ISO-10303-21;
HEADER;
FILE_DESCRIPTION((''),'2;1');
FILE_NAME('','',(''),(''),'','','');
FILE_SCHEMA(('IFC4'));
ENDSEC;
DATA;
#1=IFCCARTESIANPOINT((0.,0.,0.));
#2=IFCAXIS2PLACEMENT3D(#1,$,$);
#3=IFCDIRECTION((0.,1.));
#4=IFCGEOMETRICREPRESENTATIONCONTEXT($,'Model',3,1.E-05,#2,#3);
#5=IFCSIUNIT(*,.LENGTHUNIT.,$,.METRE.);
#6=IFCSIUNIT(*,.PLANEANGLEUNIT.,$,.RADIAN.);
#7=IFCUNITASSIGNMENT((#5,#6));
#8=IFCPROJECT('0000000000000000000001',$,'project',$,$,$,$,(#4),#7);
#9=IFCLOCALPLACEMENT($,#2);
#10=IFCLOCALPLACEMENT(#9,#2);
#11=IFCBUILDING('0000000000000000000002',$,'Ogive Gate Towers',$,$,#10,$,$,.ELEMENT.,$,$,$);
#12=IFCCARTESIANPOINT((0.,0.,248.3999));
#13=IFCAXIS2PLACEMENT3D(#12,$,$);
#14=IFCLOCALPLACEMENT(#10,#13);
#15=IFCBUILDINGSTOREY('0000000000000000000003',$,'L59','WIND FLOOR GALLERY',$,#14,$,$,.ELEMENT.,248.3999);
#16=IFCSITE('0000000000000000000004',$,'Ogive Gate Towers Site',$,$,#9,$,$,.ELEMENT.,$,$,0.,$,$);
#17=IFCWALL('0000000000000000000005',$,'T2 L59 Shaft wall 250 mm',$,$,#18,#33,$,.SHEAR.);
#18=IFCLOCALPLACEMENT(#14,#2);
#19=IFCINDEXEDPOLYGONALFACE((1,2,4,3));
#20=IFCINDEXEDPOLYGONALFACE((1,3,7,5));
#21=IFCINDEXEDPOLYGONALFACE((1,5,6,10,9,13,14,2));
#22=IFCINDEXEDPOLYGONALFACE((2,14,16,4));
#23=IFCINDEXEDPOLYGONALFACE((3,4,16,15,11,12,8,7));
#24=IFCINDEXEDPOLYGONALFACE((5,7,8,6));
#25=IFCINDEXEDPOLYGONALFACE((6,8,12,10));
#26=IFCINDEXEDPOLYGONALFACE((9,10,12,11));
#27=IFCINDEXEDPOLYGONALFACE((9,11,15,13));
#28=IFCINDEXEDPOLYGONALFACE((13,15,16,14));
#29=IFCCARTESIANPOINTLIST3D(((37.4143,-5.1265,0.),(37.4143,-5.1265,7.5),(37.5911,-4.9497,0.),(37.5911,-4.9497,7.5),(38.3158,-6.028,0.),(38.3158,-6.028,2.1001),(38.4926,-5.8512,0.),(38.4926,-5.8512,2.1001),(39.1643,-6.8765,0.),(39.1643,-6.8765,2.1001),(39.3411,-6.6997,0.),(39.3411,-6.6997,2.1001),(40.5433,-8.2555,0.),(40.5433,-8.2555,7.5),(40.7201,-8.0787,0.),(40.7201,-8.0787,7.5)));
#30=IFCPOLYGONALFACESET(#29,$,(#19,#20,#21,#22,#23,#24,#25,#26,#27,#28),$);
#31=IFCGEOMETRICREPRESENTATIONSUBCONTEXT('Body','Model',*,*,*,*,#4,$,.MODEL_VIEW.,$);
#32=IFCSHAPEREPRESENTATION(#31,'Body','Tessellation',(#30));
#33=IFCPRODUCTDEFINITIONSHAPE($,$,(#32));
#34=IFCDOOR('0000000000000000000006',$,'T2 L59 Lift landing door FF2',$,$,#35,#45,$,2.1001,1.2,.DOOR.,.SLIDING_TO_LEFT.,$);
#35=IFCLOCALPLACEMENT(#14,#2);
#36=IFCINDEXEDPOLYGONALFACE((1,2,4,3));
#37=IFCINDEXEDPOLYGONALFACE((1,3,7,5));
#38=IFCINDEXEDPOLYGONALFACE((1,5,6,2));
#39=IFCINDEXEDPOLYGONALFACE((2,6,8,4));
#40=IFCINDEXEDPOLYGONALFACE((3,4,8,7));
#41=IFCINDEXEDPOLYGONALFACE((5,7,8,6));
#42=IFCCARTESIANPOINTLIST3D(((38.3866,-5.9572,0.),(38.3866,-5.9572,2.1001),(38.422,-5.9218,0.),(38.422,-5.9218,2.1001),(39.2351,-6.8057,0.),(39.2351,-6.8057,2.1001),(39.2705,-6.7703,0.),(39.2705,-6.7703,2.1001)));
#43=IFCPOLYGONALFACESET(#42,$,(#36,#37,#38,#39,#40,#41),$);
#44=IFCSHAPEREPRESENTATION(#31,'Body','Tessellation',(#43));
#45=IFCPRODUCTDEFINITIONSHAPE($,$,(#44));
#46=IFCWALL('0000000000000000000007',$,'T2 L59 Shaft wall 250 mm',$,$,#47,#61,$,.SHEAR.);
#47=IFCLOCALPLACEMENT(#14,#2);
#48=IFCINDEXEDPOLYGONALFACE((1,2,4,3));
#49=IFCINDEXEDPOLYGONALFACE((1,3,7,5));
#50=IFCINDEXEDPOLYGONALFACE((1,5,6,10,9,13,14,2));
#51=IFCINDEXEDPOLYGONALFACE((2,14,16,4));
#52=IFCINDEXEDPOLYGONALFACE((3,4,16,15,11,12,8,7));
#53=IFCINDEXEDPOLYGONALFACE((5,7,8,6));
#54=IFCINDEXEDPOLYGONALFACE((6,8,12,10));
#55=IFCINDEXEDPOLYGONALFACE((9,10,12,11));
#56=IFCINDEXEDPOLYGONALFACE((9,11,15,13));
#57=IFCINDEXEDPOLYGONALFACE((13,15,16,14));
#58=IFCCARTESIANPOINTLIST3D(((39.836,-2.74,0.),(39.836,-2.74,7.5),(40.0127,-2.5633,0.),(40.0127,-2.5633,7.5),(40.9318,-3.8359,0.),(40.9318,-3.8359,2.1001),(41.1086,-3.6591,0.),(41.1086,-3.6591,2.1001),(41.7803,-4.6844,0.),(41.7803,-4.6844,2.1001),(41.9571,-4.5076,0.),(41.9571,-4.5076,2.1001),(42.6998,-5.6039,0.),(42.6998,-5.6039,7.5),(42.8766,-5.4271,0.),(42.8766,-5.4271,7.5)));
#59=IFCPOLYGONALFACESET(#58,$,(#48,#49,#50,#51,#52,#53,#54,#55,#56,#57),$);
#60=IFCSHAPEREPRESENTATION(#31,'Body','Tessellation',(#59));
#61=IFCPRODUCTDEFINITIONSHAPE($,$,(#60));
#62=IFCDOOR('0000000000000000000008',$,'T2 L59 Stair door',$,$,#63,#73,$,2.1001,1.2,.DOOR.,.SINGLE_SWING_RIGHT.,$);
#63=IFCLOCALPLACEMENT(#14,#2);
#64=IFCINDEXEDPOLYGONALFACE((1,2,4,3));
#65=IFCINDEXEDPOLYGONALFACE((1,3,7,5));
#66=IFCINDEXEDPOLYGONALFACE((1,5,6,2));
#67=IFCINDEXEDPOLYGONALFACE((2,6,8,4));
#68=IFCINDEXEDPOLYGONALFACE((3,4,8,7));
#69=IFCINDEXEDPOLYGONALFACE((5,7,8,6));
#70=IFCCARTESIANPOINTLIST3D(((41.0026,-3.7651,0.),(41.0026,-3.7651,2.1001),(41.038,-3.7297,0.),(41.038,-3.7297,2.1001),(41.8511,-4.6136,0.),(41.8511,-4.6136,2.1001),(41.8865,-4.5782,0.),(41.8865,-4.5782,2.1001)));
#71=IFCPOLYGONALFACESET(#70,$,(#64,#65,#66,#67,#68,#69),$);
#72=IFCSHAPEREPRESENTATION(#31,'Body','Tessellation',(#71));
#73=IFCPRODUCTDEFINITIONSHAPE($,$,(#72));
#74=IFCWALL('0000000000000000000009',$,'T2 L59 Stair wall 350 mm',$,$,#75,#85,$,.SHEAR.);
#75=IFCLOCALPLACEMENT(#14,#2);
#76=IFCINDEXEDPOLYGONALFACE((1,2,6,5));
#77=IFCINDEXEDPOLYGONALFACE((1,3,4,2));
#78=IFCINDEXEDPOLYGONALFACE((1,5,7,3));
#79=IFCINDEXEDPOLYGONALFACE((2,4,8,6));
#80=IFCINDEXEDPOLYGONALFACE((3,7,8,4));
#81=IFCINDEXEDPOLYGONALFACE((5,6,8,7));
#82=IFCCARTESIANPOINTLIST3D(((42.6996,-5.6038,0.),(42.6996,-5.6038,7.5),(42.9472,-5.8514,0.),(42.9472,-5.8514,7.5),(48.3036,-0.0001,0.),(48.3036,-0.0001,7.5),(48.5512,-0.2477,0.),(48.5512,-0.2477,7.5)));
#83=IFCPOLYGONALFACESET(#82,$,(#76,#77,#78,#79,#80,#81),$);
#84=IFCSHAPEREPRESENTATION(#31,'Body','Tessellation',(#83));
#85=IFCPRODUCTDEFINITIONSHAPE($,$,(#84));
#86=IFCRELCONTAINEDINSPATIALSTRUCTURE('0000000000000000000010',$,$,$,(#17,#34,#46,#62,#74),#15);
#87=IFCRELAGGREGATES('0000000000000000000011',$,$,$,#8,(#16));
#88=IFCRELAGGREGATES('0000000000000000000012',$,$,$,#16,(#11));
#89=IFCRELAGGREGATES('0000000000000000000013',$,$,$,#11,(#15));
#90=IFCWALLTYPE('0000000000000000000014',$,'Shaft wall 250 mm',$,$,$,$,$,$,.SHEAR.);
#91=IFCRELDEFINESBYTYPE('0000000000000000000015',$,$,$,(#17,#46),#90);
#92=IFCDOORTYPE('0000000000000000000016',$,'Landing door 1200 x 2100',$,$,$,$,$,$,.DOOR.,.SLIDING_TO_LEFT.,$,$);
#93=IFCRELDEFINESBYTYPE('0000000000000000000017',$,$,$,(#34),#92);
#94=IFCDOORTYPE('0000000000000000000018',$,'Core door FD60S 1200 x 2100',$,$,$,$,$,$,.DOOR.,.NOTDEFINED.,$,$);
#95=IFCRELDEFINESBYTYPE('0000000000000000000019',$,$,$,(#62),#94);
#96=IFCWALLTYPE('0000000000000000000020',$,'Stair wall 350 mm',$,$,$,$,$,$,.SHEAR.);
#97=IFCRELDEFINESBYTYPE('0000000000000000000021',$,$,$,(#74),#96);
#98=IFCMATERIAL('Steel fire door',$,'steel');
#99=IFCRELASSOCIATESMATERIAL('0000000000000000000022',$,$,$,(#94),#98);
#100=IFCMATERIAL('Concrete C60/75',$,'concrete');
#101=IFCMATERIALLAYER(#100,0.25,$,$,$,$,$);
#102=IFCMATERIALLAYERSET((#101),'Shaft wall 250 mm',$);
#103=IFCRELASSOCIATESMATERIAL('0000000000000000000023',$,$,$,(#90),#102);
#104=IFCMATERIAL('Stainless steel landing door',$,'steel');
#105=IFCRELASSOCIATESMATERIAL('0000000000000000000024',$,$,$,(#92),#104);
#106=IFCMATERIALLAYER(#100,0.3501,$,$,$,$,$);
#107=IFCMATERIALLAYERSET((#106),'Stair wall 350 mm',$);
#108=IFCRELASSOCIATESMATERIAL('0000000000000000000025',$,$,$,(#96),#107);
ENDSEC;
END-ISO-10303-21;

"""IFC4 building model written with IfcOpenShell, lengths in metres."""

from ifc_helpers import new_model, si_unit, direction, frame, frame_2d, origin, place, context, subcontext, project, spatial, rectangle, extrude, material, layer, layer_set, type_object, element, fill, save


model = new_model("IFC4")

# Units and contexts
model_context = context("Model", 3, precision=1e-05, world=origin(), true_north=direction((0.0, 1.0)))
body_context = subcontext(model_context, "Body", "Model", "MODEL_VIEW")
ifc_project = project(units=[si_unit("LENGTHUNIT", "METRE"), si_unit("PLANEANGLEUNIT", "RADIAN")], contexts=[model_context])

# Site, building, storey
site_placement = place(None, origin())
site = spatial("IfcSite", under=ifc_project, at=site_placement, Name="Ogive Gate Towers Site", CompositionType="ELEMENT", RefElevation=0.0)
building_placement = place(site_placement, origin())
building = spatial("IfcBuilding", under=site, at=building_placement, Name="Ogive Gate Towers", CompositionType="ELEMENT")
storey_placement = place(building_placement, frame((0.0, 0.0, 248.3999)))
storey = spatial("IfcBuildingStorey", under=building, at=storey_placement, Name="L59", Description="WIND FLOOR GALLERY", CompositionType="ELEMENT", Elevation=248.3999)

# Shared definitions
ifc_material_1 = material(Name="Concrete C60/75", Category="concrete")
ifc_material_2 = material(Name="Steel fire door", Category="steel")
door_type_1 = type_object("IfcDoorType", Name="Core door FD60S 1200 x 2100", OperationType="NOTDEFINED", PredefinedType="DOOR", material=ifc_material_2)

# Shared definitions
ifc_layer_1 = layer(ifc_material_1, 0.25)
ifc_layer_set_1 = layer_set([ifc_layer_1], Name="Shaft wall 250 mm")
wall_type_1 = type_object("IfcWallType", Name="Shaft wall 250 mm", PredefinedType="SHEAR", material=ifc_layer_set_1)

# Walls, openings, doors
wall_1_placement = place(storey_placement, frame((40.6316, -8.167, 0.0), z_axis=(0.0, 0.0, 1.0), x_axis=(-0.707107, 0.707107, 0.0)))
wall_1 = element("IfcWall", 1, at=wall_1_placement, inside=storey, type_object=wall_type_1, Name="T2 L59 Shaft wall 250 mm", PredefinedType="SHEAR", context=body_context, shape_type="SweptSolid", body=[
    extrude(rectangle(XDim=4.425, YDim=0.25, at=frame_2d((2.2124, 0.0))), origin(), (0.0, 0.0, 1.0), 7.5),
])
opening_1_placement = place(wall_1_placement, frame((1.95, 0.0, 0.0)))
opening_1 = element("IfcOpeningElement", 2, at=opening_1_placement, cuts=wall_1, PredefinedType="OPENING", context=body_context, shape_type="SweptSolid", body=[
    extrude(rectangle(XDim=1.2, YDim=2.1001, at=frame_2d((0.6001, 1.05))), frame((0.0, 0.135, 0.0), z_axis=(0.0, -1.0, 0.0), x_axis=(1.0, 0.0, 0.0)), (0.0, 0.0, 1.0), 0.27),
])
ifc_material_3 = material(Name="Stainless steel landing door", Category="steel")
door_type_2 = type_object("IfcDoorType", Name="Landing door 1200 x 2100", OperationType="SLIDING_TO_LEFT", PredefinedType="DOOR", material=ifc_material_3)
door_1_placement = place(opening_1_placement, origin())
door_1 = element("IfcDoor", 3, at=door_1_placement, inside=storey, type_object=door_type_2, Name="T2 L59 Lift landing door FF2", OperationType="SLIDING_TO_LEFT", OverallHeight=2.1001, OverallWidth=1.2, PredefinedType="DOOR", context=body_context, shape_type="SweptSolid", body=[
    extrude(rectangle(XDim=1.2, YDim=2.1001, at=frame_2d((0.6001, 1.05))), frame((0.0, 0.0249, 0.0), z_axis=(0.0, -1.0, 0.0), x_axis=(1.0, 0.0, 0.0)), (0.0, 0.0, 1.0), 0.05),
])
fill(opening_1, door_1)
wall_2_placement = place(storey_placement, frame((42.7881, -5.5154, 0.0), z_axis=(0.0, 0.0, 1.0), x_axis=(-0.707107, 0.707107, 0.0)))
wall_2 = element("IfcWall", 4, at=wall_2_placement, inside=storey, type_object=wall_type_1, Name="T2 L59 Shaft wall 250 mm", PredefinedType="SHEAR", context=body_context, shape_type="SweptSolid", body=[
    extrude(rectangle(XDim=4.05, YDim=0.25, at=frame_2d((2.0249, 0.0))), origin(), (0.0, 0.0, 1.0), 7.5),
])
opening_2_placement = place(wall_2_placement, frame((1.3, 0.0, 0.0)))
opening_2 = element("IfcOpeningElement", 5, at=opening_2_placement, cuts=wall_2, PredefinedType="OPENING", context=body_context, shape_type="SweptSolid", body=[
    extrude(rectangle(XDim=1.2, YDim=2.1001, at=frame_2d((0.6001, 1.05))), frame((0.0, 0.135, 0.0), z_axis=(0.0, -1.0, 0.0), x_axis=(1.0, 0.0, 0.0)), (0.0, 0.0, 1.0), 0.27),
])
door_2_placement = place(opening_2_placement, origin())
door_2 = element("IfcDoor", 6, at=door_2_placement, inside=storey, type_object=door_type_1, Name="T2 L59 Stair door", OperationType="SINGLE_SWING_RIGHT", OverallHeight=2.1001, OverallWidth=1.2, PredefinedType="DOOR", context=body_context, shape_type="SweptSolid", body=[
    extrude(rectangle(XDim=1.2, YDim=2.1001, at=frame_2d((0.6001, 1.05))), frame((0.0, 0.0249, 0.0), z_axis=(0.0, -1.0, 0.0), x_axis=(1.0, 0.0, 0.0)), (0.0, 0.0, 1.0), 0.05),
])
fill(opening_2, door_2)

# Wall
ifc_layer_2 = layer(ifc_material_1, 0.3501)
ifc_layer_set_2 = layer_set([ifc_layer_2], Name="Stair wall 350 mm")
wall_type_2 = type_object("IfcWallType", Name="Stair wall 350 mm", PredefinedType="SHEAR", material=ifc_layer_set_2)
wall_3_placement = place(storey_placement, frame((42.8235, -5.7275, 0.0), z_axis=(0.0, 0.0, 1.0), x_axis=(0.707122, 0.707091, 0.0)))
element("IfcWall", 7, at=wall_3_placement, inside=storey, type_object=wall_type_2, Name="T2 L59 Stair wall 350 mm", PredefinedType="SHEAR", context=body_context, shape_type="SweptSolid", body=[
    extrude(rectangle(XDim=7.925, YDim=0.3501, at=frame_2d((3.9624, 0.0))), origin(), (0.0, 0.0, 1.0), 7.5),
])

save(model, "model.ifc")
